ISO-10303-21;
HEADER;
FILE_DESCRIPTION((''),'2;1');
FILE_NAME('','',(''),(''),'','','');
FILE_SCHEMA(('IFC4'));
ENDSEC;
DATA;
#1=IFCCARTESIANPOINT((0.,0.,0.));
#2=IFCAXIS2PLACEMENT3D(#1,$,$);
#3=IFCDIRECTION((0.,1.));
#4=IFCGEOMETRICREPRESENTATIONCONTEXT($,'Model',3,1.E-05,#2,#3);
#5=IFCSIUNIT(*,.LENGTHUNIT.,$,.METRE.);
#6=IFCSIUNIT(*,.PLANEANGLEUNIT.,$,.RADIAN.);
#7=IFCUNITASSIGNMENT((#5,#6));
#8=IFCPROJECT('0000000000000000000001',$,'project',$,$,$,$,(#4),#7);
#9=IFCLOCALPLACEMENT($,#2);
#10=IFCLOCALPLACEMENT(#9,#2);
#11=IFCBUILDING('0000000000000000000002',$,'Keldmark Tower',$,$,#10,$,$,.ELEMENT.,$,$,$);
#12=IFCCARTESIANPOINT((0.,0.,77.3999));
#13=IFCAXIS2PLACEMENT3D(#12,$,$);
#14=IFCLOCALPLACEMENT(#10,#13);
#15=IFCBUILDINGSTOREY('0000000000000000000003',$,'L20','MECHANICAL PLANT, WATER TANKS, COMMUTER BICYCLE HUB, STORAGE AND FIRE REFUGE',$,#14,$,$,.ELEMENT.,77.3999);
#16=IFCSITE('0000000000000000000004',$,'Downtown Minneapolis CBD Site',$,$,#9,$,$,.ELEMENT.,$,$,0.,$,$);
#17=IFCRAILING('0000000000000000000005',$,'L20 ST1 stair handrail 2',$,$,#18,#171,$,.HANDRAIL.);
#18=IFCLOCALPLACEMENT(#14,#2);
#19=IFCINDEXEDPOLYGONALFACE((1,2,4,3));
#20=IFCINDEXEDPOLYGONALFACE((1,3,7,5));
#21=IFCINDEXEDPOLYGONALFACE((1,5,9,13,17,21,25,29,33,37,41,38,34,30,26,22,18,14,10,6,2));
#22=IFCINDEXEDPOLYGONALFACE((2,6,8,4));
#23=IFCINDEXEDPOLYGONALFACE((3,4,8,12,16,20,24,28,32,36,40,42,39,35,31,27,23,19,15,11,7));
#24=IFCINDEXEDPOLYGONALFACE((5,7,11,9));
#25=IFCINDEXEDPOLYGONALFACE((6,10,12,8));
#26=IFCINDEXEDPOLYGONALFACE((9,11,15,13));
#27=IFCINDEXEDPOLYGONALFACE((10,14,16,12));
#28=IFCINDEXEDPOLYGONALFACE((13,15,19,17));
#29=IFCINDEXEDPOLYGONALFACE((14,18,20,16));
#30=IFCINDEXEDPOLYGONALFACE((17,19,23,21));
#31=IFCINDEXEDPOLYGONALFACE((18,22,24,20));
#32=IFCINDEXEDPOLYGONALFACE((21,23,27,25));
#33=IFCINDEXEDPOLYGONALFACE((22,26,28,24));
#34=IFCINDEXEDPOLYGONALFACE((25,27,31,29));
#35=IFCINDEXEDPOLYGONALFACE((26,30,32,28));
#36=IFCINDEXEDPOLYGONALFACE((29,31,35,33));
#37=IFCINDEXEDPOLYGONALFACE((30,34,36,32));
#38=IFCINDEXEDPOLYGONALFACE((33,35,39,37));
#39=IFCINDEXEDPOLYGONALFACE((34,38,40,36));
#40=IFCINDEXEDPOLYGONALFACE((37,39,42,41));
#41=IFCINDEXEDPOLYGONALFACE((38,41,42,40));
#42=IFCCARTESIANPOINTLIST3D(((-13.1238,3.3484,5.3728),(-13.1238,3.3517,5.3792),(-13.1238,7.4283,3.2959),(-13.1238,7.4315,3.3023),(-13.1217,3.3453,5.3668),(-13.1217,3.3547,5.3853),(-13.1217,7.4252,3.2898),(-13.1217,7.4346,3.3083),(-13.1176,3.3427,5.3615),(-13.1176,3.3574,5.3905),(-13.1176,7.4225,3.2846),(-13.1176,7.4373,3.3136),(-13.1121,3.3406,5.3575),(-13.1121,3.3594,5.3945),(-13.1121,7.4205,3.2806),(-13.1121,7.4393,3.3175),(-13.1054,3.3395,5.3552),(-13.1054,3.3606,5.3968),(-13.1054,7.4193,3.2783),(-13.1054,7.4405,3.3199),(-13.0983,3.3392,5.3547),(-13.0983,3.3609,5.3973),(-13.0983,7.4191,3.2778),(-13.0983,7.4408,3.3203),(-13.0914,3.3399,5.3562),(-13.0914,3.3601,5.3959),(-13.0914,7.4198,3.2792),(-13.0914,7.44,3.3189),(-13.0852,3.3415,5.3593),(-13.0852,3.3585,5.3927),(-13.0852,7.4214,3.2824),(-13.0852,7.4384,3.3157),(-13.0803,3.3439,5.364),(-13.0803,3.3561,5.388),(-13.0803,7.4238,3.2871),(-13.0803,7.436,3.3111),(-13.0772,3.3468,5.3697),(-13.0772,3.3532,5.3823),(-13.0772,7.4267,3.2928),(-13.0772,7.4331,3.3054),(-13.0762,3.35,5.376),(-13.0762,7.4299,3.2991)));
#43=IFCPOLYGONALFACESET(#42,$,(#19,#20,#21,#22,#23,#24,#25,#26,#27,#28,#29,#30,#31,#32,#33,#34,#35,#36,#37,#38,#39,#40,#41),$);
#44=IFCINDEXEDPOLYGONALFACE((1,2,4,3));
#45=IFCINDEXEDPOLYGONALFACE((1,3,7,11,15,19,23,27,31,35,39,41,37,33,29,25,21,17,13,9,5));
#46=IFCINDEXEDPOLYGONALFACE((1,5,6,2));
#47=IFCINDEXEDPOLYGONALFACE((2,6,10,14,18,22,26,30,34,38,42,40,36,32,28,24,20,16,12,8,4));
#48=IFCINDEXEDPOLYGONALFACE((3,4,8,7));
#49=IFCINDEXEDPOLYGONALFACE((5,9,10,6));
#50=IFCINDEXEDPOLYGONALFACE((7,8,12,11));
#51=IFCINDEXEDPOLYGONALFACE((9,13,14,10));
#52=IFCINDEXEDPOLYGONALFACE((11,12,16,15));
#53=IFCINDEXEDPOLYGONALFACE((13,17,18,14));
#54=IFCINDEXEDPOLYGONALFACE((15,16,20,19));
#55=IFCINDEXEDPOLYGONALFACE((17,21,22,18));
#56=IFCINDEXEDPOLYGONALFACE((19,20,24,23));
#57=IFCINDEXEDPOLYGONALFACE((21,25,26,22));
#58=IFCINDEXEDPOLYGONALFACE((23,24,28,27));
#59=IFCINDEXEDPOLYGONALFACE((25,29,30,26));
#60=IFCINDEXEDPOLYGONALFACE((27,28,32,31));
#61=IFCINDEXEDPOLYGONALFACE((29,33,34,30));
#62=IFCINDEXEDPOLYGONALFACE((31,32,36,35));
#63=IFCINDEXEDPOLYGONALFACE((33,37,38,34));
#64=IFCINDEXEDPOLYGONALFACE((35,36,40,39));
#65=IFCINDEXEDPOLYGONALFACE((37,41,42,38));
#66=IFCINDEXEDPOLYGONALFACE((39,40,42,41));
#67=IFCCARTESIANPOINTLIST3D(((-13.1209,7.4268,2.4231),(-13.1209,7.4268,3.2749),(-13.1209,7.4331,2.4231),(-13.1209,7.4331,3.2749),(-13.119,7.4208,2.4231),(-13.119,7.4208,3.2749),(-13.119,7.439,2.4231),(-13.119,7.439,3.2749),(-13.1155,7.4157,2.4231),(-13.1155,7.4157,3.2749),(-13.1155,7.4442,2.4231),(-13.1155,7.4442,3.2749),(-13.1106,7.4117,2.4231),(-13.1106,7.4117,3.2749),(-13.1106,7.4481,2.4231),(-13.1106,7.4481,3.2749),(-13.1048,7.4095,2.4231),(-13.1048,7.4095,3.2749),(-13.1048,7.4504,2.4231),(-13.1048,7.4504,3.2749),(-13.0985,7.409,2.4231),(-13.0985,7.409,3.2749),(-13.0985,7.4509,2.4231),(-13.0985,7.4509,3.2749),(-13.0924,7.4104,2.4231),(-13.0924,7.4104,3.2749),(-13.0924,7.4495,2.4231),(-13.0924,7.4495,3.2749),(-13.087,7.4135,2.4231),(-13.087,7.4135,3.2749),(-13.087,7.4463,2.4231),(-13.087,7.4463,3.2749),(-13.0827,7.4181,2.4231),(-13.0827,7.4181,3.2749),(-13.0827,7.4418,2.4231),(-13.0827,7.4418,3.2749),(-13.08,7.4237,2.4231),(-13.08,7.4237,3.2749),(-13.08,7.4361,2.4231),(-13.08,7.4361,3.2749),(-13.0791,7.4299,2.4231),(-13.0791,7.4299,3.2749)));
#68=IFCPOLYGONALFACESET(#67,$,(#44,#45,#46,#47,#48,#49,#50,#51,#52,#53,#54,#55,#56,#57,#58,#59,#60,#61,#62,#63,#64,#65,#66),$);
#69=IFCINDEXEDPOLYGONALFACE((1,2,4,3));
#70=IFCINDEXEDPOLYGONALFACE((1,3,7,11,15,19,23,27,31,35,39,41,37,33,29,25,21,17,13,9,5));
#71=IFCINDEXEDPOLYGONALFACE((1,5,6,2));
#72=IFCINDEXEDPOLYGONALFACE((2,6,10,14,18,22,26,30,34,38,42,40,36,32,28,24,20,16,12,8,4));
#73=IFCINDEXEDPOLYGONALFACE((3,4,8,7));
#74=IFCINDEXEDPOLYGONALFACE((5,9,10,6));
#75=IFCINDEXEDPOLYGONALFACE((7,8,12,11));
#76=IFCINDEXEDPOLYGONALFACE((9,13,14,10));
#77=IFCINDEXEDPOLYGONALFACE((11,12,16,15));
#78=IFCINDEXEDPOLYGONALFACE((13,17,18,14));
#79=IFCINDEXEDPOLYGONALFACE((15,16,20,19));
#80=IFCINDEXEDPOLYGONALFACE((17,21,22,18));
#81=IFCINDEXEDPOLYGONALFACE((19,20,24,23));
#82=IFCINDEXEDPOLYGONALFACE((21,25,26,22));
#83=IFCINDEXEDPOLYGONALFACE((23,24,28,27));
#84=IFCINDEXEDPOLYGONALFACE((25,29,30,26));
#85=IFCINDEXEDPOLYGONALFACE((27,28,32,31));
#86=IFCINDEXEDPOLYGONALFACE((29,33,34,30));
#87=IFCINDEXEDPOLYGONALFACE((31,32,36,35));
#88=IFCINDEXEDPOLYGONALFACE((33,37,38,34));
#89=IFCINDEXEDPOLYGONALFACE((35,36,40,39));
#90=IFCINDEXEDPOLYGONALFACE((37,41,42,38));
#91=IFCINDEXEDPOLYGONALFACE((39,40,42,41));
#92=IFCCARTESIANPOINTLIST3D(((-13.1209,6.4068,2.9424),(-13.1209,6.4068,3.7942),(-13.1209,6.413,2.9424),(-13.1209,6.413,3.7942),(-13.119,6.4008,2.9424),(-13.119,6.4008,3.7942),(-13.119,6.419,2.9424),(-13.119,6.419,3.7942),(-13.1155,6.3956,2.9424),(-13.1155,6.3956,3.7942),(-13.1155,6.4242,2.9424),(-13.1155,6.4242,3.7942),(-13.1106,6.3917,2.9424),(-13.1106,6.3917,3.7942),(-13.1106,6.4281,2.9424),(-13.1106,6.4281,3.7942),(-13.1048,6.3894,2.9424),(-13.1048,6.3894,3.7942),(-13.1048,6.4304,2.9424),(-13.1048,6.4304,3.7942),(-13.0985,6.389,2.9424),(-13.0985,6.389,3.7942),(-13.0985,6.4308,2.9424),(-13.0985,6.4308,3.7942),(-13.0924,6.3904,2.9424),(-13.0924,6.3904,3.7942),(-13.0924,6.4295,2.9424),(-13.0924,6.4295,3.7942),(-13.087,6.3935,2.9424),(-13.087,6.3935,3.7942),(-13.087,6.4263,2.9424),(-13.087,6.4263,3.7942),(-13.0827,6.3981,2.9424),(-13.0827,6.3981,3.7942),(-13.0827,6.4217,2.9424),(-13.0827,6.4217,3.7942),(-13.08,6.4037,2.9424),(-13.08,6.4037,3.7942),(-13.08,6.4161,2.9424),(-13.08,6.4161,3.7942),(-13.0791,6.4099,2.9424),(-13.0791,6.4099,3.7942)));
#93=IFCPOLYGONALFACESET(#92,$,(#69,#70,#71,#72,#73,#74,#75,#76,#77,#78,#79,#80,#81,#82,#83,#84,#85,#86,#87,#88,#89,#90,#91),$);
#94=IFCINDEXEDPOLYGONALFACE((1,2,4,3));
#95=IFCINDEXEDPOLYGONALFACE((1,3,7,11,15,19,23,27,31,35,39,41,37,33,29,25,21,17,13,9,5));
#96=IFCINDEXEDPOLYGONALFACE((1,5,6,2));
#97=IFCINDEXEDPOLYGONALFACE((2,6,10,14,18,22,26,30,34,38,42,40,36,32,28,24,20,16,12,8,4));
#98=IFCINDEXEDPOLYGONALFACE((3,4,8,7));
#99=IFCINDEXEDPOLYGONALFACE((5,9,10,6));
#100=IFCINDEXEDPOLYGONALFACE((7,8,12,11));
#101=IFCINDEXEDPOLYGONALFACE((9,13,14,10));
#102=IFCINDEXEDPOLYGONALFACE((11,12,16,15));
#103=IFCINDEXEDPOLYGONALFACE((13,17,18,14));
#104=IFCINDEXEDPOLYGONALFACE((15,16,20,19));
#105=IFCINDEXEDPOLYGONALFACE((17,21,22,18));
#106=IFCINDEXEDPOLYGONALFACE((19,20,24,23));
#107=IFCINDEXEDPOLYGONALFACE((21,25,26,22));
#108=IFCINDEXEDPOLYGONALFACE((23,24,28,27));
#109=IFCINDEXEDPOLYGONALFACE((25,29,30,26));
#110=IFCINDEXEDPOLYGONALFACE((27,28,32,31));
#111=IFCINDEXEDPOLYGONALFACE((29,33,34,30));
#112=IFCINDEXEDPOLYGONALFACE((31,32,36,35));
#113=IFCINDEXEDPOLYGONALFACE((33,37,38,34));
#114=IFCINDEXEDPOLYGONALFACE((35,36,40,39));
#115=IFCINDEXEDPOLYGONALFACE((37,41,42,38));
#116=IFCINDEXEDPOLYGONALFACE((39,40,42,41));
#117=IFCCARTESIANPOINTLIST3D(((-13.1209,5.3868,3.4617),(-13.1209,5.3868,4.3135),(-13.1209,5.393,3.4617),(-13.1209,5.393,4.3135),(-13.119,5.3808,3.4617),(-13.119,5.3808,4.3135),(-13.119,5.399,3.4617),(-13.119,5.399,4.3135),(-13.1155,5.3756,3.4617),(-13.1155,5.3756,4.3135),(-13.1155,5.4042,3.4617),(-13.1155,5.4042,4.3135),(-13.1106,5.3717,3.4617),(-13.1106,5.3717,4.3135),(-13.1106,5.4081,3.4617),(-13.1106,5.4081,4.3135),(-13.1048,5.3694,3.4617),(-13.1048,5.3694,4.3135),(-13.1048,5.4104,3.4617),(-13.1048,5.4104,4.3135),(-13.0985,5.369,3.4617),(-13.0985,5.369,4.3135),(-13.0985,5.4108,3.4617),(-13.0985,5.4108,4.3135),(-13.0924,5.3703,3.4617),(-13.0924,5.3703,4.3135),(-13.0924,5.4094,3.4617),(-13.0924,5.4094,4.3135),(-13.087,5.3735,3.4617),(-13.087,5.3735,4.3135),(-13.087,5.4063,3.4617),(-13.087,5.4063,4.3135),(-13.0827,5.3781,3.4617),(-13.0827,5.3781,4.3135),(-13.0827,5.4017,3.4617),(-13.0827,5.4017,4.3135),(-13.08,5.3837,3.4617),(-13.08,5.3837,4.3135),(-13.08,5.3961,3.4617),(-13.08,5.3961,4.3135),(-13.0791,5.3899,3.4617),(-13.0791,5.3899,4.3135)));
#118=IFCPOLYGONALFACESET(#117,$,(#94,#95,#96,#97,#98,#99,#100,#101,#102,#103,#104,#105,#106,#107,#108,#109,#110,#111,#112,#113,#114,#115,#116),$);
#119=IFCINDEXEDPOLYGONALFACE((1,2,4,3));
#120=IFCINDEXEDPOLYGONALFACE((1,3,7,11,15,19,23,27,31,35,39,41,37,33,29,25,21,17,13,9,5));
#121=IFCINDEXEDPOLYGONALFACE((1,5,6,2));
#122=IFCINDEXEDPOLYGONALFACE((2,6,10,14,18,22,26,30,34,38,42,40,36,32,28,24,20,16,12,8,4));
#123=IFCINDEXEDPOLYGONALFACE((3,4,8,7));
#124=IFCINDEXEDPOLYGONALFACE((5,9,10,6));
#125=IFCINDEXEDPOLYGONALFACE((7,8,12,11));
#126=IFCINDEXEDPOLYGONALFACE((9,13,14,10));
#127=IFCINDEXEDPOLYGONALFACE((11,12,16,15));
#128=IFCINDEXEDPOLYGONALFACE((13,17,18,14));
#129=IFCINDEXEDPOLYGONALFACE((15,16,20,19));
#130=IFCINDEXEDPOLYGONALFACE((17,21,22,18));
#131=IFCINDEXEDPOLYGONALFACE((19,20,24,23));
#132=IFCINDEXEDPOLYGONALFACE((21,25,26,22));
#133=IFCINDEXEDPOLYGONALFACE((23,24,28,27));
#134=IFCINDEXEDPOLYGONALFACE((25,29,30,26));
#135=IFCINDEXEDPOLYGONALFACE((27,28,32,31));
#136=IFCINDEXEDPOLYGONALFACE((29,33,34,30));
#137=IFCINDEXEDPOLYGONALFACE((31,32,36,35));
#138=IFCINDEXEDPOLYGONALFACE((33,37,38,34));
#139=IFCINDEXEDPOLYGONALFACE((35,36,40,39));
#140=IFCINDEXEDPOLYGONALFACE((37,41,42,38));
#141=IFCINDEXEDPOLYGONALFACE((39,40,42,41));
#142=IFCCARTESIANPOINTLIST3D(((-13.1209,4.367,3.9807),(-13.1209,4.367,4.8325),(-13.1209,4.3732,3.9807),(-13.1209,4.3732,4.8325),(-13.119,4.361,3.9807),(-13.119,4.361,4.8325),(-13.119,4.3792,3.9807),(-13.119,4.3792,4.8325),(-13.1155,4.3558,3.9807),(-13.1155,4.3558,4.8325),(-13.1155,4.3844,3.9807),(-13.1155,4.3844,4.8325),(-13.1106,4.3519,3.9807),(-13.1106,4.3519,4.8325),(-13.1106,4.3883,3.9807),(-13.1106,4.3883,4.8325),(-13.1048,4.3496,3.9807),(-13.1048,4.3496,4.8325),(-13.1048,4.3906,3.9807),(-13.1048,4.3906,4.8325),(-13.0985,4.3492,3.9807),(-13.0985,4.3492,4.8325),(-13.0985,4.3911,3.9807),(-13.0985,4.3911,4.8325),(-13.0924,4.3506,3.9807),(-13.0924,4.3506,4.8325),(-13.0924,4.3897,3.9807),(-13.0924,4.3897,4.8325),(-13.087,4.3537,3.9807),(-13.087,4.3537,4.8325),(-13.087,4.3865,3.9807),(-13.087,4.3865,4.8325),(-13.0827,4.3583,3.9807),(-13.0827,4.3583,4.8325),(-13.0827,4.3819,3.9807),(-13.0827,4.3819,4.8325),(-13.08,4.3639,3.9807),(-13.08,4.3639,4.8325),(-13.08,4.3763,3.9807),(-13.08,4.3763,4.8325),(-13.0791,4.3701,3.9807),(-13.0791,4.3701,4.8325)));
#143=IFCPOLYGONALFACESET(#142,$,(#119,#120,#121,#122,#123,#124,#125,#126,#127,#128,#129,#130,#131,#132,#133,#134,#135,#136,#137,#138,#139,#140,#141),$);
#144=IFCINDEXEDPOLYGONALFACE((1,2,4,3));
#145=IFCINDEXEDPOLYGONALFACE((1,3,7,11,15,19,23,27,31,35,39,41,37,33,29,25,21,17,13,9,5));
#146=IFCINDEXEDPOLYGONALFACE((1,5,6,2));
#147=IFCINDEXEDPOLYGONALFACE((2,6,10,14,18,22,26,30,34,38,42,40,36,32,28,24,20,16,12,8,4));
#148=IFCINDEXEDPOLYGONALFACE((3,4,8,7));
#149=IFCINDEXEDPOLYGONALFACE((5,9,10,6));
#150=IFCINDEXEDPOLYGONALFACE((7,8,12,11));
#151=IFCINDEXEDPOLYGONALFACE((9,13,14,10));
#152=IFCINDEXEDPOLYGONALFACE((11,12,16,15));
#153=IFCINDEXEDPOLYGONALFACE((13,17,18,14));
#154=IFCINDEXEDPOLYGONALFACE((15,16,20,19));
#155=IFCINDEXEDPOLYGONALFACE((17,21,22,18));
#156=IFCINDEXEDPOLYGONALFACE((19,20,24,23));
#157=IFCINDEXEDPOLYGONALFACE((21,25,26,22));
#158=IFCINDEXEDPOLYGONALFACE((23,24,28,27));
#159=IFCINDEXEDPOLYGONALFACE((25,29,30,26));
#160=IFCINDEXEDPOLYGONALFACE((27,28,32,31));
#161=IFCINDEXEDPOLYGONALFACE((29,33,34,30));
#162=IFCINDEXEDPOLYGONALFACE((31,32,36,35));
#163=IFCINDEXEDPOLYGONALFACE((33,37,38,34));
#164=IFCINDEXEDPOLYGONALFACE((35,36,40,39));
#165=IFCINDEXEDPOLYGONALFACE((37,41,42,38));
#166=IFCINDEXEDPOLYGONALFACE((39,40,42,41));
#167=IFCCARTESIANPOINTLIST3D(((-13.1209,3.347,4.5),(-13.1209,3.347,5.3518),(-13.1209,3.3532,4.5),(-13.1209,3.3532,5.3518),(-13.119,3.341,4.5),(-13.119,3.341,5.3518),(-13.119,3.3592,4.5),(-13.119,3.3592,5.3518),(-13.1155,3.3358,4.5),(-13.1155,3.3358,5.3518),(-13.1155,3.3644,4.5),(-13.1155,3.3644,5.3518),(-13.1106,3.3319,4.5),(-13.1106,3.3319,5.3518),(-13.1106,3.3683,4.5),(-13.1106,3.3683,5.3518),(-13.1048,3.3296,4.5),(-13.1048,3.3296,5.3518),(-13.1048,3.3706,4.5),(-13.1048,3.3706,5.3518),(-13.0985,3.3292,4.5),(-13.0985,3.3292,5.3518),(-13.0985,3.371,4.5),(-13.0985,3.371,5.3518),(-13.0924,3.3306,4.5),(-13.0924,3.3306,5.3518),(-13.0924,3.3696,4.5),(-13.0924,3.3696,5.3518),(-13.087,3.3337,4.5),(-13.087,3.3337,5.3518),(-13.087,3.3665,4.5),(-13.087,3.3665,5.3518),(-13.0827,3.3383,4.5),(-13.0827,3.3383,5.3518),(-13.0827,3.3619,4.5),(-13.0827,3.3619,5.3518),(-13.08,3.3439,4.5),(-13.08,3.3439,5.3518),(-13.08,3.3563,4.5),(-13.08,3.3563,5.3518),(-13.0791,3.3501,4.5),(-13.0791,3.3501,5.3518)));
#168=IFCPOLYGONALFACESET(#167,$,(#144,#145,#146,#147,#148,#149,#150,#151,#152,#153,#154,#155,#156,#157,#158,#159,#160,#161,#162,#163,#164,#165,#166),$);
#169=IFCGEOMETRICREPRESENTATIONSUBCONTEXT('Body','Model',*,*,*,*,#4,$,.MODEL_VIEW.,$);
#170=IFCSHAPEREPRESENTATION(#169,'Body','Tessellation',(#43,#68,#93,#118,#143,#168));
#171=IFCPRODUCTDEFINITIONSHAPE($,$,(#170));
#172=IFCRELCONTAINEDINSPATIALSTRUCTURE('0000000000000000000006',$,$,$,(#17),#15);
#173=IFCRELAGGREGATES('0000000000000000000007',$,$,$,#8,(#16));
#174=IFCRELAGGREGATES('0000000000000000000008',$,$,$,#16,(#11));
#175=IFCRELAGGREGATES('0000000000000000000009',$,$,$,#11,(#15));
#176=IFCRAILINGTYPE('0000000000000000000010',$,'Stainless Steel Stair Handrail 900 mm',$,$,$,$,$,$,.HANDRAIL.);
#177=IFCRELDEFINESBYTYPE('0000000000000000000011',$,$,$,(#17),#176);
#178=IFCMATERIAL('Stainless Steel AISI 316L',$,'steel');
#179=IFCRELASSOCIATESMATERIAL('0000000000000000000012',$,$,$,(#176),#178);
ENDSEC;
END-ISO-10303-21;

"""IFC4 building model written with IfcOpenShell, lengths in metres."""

from ifc_helpers import new_model, si_unit, direction, frame, origin, origin_2d, place, context, subcontext, project, spatial, circle, extrude, material, type_object, element, save


model = new_model("IFC4")

# Units and contexts
model_context = context("Model", 3, precision=1e-05, world=origin(), true_north=direction((0.0, 1.0)))
body_context = subcontext(model_context, "Body", "Model", "MODEL_VIEW")
ifc_project = project(units=[si_unit("LENGTHUNIT", "METRE"), si_unit("PLANEANGLEUNIT", "RADIAN")], contexts=[model_context])

# Site, building, storey
site_placement = place(None, origin())
site = spatial("IfcSite", under=ifc_project, at=site_placement, Name="Downtown Minneapolis CBD Site", CompositionType="ELEMENT", RefElevation=0.0)
building_placement = place(site_placement, origin())
building = spatial("IfcBuilding", under=site, at=building_placement, Name="Keldmark Tower", CompositionType="ELEMENT")
storey_placement = place(building_placement, frame((0.0, 0.0, 77.3999)))
storey = spatial("IfcBuildingStorey", under=building, at=storey_placement, Name="L20", Description="MECHANICAL PLANT, WATER TANKS, COMMUTER BICYCLE HUB, STORAGE AND FIRE REFUGE", CompositionType="ELEMENT", Elevation=77.3999)

# Railing
ifc_material_1 = material(Name="Stainless Steel AISI 316L", Category="steel")
railing_type_1 = type_object("IfcRailingType", Name="Stainless Steel Stair Handrail 900 mm", PredefinedType="HANDRAIL", material=ifc_material_1)
railing_1_placement = place(storey_placement, frame((-13.1001, 7.4299, 2.4231)))
element("IfcRailing", 1, at=railing_1_placement, inside=storey, type_object=railing_type_1, Name="L20 ST1 stair handrail 2", PredefinedType="HANDRAIL", context=body_context, shape_type="SweptSolid", body=[
    extrude(circle(Radius=0.0239, at=origin_2d()), frame((0.0, 0.0, 0.876), z_axis=(0.0, -0.891172, 0.453665), x_axis=(1.0, 0.0, 0.0)), (0.0, 0.0, 1.0), 4.5781),
    extrude(circle(Radius=0.021, at=origin_2d()), origin(), (0.0, 0.0, 1.0), 0.8518),
    extrude(circle(Radius=0.021, at=origin_2d()), frame((0.0, -1.02, 0.5193)), (0.0, 0.0, 1.0), 0.8518),
    extrude(circle(Radius=0.021, at=origin_2d()), frame((0.0, -2.04, 1.0386)), (0.0, 0.0, 1.0), 0.8518),
    extrude(circle(Radius=0.021, at=origin_2d()), frame((0.0, -3.0598, 1.5576)), (0.0, 0.0, 1.0), 0.8518),
    extrude(circle(Radius=0.021, at=origin_2d()), frame((0.0, -4.0798, 2.0769)), (0.0, 0.0, 1.0), 0.8518),
])

save(model, "model.ifc")
